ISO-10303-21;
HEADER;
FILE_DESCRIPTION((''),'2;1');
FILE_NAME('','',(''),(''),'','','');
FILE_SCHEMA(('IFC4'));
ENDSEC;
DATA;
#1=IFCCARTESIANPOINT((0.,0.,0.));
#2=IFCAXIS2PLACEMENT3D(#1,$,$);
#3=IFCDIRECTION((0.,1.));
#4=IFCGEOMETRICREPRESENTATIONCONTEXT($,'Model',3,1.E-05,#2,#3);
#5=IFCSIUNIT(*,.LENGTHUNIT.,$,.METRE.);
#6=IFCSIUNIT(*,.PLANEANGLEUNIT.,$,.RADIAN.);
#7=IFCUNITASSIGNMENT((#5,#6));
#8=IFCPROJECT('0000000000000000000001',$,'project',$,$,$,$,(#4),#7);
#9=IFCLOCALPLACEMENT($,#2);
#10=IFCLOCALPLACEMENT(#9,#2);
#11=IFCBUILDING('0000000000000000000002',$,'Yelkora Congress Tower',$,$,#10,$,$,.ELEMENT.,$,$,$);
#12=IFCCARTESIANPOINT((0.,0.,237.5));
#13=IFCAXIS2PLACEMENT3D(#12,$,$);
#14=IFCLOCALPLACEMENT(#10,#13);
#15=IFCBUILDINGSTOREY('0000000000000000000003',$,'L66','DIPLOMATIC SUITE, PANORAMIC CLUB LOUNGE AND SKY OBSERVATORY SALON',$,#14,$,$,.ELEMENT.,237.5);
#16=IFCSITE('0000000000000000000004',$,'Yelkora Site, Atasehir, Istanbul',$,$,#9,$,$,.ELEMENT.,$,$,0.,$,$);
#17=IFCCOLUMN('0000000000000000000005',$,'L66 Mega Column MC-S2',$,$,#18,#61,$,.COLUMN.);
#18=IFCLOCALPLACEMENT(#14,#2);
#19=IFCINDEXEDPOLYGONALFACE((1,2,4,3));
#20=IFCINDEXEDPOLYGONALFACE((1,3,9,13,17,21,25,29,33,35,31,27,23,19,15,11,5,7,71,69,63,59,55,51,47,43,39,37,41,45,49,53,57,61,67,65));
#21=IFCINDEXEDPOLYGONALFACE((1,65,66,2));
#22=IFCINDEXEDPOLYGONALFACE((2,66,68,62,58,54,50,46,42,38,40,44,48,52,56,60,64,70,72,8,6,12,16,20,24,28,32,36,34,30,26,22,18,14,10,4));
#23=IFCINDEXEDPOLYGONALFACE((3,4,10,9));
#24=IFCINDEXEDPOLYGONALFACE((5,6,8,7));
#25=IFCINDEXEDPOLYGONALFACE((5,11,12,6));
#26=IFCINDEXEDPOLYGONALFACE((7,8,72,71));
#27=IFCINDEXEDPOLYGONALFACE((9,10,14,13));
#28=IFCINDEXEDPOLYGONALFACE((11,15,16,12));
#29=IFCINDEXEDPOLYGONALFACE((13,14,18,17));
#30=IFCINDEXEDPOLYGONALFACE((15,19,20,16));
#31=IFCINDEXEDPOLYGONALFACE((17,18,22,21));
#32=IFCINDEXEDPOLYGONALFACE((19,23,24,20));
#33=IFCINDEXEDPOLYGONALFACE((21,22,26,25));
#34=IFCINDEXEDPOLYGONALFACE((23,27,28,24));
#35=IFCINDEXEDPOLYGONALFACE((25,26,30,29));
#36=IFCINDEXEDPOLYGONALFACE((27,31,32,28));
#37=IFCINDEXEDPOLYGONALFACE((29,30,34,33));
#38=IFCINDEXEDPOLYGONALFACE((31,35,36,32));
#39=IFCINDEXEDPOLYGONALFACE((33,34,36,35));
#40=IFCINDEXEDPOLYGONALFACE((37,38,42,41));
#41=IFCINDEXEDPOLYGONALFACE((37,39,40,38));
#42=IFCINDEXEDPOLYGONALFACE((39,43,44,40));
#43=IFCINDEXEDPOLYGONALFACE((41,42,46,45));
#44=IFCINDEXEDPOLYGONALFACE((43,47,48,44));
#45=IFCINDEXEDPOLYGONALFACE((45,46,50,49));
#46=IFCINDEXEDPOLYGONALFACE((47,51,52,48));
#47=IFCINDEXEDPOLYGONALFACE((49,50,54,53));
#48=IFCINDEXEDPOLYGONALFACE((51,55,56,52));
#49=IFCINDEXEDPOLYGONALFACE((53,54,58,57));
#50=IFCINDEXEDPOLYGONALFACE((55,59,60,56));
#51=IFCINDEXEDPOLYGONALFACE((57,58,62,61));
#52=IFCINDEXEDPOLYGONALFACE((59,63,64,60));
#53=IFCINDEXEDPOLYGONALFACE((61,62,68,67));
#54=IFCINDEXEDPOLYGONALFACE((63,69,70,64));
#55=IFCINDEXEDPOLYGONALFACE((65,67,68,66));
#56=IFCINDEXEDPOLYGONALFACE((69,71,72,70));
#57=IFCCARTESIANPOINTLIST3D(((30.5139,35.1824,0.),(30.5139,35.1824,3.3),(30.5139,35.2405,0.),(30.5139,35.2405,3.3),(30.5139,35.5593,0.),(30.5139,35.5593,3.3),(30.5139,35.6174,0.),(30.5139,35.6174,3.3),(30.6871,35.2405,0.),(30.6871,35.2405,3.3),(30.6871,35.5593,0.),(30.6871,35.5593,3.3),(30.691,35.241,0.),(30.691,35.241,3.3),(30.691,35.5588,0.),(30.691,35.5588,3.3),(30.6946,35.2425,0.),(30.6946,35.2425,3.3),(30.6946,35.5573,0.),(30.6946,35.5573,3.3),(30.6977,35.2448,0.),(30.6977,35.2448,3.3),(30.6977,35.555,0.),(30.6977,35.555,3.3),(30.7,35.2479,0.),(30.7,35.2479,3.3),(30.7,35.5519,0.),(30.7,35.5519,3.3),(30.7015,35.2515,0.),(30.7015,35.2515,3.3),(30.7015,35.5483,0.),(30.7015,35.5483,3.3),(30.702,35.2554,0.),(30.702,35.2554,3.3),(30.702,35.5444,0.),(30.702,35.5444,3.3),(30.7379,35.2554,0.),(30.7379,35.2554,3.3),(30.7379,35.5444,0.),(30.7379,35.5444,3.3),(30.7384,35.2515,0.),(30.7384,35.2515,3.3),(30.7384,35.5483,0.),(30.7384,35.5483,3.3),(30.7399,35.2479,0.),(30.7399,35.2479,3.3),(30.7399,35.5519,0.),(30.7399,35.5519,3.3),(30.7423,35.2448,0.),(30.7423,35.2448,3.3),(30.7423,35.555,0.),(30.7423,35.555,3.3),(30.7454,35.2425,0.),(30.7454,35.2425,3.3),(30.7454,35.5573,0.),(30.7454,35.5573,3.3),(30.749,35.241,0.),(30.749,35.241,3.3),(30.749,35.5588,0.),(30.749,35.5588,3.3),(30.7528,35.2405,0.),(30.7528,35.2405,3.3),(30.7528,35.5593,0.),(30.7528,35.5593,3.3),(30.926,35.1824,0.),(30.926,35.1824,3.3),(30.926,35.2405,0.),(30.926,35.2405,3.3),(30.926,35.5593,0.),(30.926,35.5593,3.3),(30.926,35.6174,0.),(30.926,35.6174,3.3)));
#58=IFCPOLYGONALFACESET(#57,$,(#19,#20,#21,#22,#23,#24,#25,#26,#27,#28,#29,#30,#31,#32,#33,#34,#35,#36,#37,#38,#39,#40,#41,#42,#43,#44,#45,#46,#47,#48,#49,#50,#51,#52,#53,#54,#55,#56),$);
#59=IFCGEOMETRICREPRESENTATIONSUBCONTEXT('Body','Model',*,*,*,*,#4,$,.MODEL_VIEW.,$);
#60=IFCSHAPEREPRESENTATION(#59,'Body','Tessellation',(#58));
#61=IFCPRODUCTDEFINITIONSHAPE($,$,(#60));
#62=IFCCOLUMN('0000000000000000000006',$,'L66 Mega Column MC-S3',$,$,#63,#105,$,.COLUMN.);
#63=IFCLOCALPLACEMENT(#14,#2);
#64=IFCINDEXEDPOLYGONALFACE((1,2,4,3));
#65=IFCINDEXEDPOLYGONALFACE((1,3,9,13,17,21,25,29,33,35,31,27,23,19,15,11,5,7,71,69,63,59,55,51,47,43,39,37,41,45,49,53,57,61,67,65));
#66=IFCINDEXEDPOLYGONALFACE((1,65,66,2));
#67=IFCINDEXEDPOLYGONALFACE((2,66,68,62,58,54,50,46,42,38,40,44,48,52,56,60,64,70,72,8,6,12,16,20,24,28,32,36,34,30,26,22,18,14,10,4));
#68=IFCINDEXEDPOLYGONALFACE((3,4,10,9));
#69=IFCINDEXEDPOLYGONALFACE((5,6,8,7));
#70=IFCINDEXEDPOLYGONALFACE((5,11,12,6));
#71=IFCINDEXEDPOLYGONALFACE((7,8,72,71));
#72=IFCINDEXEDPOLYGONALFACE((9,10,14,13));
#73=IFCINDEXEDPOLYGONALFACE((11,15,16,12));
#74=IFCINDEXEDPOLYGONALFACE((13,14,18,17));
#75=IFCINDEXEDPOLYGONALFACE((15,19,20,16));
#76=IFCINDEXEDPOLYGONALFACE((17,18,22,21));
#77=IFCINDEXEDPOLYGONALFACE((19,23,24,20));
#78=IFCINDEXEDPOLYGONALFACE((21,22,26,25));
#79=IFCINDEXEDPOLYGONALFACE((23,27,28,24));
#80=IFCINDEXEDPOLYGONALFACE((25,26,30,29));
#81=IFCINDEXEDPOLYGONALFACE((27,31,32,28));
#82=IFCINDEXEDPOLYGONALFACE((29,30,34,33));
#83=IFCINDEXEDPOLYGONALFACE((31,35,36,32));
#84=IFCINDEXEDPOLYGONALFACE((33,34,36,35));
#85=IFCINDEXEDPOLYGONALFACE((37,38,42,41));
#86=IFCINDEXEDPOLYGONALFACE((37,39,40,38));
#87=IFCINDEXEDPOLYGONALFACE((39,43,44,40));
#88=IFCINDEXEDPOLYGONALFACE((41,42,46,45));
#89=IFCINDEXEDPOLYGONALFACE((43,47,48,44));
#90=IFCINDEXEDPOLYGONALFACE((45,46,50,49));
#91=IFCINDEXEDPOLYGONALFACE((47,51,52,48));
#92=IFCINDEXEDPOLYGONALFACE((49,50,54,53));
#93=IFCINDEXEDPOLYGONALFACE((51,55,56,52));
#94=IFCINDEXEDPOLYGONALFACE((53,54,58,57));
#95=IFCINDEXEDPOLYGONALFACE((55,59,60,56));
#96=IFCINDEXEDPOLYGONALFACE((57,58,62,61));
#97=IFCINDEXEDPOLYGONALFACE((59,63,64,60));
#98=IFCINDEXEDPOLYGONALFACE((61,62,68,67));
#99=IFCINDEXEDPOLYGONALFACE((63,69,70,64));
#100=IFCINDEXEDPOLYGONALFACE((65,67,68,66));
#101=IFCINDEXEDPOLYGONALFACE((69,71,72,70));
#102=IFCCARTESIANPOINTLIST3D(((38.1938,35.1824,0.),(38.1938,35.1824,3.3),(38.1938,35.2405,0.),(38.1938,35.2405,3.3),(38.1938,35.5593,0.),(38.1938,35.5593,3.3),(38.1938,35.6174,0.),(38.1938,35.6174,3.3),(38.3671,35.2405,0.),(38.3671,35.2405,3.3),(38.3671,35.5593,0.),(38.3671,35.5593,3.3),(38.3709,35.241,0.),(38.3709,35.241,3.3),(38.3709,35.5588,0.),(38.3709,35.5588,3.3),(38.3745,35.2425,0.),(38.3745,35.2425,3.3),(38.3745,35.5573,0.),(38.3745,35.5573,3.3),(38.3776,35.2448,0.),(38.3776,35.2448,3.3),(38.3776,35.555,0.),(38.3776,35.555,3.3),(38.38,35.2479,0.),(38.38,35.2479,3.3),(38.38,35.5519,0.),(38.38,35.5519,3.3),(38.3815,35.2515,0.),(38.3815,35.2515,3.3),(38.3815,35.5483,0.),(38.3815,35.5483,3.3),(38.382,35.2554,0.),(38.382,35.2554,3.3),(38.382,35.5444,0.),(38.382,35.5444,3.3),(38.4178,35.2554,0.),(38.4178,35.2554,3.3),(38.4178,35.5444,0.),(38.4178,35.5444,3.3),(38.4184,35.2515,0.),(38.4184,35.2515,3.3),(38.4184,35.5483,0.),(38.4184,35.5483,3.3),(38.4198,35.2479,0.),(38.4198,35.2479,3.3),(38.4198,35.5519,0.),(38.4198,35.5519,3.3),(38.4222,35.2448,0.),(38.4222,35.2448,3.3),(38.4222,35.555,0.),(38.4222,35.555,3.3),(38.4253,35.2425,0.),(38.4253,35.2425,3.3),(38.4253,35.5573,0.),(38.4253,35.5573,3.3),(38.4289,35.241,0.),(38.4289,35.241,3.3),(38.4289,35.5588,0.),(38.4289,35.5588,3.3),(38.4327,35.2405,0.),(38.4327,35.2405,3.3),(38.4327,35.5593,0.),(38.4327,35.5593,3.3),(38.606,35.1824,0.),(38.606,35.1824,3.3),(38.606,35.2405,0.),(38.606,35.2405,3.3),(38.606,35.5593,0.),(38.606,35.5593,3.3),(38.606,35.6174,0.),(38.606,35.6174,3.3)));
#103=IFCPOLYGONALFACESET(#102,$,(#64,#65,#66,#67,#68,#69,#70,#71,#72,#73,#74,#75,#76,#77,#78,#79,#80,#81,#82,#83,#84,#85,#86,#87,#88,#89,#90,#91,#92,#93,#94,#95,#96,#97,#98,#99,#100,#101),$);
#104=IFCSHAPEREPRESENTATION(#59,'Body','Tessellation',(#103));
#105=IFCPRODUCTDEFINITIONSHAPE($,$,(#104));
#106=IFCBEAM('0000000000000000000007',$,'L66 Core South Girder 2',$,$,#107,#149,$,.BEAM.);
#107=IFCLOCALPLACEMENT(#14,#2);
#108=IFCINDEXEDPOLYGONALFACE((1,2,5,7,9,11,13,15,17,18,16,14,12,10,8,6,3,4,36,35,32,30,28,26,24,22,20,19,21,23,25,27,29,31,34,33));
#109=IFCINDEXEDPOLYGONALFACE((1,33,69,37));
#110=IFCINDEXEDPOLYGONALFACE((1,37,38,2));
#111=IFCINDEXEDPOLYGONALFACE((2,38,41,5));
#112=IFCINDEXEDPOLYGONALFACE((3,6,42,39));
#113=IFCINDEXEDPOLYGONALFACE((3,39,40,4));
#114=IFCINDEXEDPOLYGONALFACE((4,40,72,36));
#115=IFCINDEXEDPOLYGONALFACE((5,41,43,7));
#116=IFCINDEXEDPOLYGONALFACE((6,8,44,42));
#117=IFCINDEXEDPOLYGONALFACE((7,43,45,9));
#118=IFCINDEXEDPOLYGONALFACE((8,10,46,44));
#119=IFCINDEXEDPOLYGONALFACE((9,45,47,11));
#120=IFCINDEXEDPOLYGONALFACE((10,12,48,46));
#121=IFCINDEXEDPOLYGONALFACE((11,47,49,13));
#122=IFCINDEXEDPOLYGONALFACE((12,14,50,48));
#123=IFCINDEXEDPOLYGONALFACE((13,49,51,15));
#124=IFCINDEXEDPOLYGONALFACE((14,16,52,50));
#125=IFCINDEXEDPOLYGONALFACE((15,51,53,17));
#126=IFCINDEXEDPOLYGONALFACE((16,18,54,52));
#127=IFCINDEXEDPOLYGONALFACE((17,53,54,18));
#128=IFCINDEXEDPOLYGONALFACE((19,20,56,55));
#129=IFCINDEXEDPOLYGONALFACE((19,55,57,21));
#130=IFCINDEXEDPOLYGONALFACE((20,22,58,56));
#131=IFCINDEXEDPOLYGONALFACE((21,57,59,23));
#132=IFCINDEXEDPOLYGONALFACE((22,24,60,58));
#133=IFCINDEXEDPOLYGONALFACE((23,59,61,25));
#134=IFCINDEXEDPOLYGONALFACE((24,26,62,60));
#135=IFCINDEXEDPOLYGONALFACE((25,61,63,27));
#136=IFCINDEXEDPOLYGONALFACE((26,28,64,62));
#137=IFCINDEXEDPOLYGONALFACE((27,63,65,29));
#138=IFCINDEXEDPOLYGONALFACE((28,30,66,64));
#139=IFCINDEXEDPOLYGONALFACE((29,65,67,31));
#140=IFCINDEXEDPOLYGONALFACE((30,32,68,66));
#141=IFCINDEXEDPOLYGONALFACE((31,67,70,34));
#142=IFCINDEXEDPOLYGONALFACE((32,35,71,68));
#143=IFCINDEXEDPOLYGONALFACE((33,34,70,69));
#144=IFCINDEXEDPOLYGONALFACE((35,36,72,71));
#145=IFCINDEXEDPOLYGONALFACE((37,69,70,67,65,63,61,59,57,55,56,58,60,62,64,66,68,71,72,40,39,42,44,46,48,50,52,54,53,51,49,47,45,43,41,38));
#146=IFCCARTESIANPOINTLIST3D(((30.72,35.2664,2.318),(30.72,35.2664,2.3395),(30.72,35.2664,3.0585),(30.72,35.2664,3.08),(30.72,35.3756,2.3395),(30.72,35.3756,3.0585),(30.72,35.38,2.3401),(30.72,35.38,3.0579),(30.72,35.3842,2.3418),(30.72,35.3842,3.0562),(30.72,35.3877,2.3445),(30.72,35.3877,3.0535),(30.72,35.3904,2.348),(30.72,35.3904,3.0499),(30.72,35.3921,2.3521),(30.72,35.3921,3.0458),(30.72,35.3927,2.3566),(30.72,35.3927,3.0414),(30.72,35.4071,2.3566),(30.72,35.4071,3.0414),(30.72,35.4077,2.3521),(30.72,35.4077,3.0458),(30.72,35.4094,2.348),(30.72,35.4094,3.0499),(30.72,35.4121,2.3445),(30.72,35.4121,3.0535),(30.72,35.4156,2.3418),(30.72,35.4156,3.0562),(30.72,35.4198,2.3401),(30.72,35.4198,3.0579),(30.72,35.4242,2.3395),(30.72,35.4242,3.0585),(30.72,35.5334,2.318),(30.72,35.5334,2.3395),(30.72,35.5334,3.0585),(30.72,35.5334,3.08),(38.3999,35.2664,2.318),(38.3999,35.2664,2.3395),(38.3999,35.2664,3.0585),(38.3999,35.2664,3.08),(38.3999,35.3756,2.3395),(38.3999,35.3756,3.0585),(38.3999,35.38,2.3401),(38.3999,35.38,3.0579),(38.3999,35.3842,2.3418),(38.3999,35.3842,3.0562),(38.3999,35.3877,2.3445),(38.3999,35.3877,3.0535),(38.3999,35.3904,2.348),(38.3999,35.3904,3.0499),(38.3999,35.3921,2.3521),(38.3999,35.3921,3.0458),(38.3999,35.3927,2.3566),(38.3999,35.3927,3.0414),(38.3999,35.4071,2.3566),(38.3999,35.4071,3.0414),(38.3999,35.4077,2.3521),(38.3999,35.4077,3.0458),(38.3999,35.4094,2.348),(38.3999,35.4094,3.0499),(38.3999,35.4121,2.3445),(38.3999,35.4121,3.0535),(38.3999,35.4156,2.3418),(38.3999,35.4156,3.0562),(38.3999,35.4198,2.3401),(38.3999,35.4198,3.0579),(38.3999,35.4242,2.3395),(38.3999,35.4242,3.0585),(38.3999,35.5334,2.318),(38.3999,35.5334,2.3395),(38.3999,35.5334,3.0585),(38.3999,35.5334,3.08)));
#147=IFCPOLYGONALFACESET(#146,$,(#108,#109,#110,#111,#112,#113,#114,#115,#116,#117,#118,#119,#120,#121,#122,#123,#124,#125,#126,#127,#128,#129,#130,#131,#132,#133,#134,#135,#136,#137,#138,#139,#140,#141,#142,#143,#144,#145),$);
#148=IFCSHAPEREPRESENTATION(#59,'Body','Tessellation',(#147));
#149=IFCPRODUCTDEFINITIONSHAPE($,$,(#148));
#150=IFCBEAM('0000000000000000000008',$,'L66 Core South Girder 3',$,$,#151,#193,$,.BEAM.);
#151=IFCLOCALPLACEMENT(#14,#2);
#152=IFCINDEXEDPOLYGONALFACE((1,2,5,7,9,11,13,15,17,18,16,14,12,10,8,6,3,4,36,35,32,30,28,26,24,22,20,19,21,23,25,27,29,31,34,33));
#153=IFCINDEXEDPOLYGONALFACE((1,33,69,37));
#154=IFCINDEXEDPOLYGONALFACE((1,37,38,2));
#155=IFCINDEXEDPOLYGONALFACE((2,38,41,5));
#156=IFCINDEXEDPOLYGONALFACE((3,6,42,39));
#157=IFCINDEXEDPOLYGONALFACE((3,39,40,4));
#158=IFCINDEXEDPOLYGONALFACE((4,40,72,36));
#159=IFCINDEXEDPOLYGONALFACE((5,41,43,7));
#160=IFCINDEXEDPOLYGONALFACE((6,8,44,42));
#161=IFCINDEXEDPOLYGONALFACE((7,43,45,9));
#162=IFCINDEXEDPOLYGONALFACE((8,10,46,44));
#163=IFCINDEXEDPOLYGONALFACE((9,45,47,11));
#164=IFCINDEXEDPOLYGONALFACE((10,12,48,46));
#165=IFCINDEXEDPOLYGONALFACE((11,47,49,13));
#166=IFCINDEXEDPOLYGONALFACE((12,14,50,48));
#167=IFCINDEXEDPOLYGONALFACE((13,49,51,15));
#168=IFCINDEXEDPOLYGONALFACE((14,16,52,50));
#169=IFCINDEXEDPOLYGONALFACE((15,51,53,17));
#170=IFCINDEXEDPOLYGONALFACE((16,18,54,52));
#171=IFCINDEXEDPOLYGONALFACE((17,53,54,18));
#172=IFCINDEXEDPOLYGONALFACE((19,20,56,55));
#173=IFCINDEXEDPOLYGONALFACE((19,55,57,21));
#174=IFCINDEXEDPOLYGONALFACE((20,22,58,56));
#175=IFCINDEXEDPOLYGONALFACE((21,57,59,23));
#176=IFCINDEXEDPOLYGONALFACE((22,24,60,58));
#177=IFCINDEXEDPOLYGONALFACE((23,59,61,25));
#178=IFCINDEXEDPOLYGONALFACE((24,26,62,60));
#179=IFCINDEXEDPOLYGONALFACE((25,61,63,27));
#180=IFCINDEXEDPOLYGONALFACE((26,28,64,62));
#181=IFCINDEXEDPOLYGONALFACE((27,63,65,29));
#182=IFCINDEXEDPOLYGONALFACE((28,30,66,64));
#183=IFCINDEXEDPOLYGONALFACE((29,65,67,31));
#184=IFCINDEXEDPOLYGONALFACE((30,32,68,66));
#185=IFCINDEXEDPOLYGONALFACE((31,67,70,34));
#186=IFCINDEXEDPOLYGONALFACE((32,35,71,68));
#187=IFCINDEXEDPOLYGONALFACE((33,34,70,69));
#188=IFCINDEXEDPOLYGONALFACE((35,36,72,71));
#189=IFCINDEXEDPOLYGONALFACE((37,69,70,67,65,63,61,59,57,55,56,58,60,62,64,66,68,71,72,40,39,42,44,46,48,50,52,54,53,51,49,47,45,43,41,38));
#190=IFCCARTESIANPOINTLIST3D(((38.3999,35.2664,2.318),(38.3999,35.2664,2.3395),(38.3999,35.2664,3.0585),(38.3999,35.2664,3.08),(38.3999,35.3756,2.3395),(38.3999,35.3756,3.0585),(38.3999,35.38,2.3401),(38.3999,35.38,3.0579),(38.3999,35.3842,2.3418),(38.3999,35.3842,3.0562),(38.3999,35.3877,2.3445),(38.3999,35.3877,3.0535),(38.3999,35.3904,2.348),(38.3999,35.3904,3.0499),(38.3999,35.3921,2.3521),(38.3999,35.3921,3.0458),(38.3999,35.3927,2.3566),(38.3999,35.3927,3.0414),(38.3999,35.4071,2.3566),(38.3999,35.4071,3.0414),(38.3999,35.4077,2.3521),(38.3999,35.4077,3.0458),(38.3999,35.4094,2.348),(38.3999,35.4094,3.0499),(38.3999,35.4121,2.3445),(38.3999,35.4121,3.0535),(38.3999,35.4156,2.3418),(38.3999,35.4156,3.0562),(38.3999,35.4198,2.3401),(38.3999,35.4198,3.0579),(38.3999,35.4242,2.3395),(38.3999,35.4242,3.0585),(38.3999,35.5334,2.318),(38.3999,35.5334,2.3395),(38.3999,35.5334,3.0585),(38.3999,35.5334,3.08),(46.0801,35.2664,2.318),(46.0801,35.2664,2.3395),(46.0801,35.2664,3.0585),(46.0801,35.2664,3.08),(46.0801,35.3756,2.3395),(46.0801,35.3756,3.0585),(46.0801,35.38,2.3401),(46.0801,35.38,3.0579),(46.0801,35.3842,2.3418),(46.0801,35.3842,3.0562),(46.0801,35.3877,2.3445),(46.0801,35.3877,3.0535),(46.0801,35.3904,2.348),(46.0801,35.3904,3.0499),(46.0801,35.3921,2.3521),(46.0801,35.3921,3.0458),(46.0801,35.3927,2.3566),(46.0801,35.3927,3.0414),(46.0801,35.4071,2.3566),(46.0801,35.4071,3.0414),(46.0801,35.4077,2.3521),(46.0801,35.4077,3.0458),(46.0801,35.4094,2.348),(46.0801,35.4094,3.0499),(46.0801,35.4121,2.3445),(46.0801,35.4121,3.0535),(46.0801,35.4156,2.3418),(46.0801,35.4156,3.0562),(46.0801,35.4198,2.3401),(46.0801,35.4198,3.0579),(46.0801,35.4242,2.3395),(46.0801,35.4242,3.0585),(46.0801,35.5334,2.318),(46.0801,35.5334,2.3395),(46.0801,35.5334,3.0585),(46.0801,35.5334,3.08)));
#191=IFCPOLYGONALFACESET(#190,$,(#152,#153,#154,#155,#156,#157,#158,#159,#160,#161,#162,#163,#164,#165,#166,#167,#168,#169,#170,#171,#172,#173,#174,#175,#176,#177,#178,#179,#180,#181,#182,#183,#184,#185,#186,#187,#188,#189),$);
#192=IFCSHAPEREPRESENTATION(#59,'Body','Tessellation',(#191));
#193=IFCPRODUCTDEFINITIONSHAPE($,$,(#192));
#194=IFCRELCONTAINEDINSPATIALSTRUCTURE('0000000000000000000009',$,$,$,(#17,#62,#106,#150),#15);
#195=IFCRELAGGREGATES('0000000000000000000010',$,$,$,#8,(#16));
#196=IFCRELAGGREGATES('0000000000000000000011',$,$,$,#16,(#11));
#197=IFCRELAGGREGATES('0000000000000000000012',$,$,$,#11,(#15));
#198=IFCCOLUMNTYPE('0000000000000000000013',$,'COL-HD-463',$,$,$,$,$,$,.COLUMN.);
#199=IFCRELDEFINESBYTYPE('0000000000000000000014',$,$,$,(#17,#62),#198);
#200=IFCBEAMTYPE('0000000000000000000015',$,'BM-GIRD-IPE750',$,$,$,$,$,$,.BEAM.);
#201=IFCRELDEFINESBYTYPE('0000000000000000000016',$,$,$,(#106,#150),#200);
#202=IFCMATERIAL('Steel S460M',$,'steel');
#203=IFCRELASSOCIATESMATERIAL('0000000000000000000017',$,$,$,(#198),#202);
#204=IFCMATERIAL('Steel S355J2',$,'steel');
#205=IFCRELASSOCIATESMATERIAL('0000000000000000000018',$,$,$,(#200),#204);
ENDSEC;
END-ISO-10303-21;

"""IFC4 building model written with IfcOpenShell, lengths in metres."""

from ifc_helpers import new_model, si_unit, direction, frame, origin, origin_2d, place, context, subcontext, project, spatial, i_section, extrude, material, material_profile, profile_set, type_object, element, save


model = new_model("IFC4")

# Units and contexts
model_context = context("Model", 3, precision=1e-05, world=origin(), true_north=direction((0.0, 1.0)))
body_context = subcontext(model_context, "Body", "Model", "MODEL_VIEW")
ifc_project = project(units=[si_unit("LENGTHUNIT", "METRE"), si_unit("PLANEANGLEUNIT", "RADIAN")], contexts=[model_context])

# Site, building, storey
site_placement = place(None, origin())
site = spatial("IfcSite", under=ifc_project, at=site_placement, Name="Yelkora Site, Atasehir, Istanbul", CompositionType="ELEMENT", RefElevation=0.0)
building_placement = place(site_placement, origin())
building = spatial("IfcBuilding", under=site, at=building_placement, Name="Yelkora Congress Tower", CompositionType="ELEMENT")
storey_placement = place(building_placement, frame((0.0, 0.0, 237.5)))
storey = spatial("IfcBuildingStorey", under=building, at=storey_placement, Name="L66", Description="DIPLOMATIC SUITE, PANORAMIC CLUB LOUNGE AND SKY OBSERVATORY SALON", CompositionType="ELEMENT", Elevation=237.5)

# Columns
ifc_material_1 = material(Name="Steel S460M", Category="steel")
ifc_material_profile_1 = material_profile(ifc_material_1, i_section(OverallWidth=0.4121, OverallDepth=0.4351, WebThickness=0.0359, FlangeThickness=0.0581, FilletRadius=0.0149, at=origin_2d()), Name="HD 400x463")
ifc_profile_set_1 = profile_set([ifc_material_profile_1], Name="Steel S460M")
column_type = type_object("IfcColumnType", Name="COL-HD-463", PredefinedType="COLUMN", material=ifc_profile_set_1)
for number, where, z_axis, x_axis, name in (
    (1, (30.72, 35.3999, 0.0), (0.0, 0.0, 1.0), (1.0, 0.0, 0.0), "L66 Mega Column MC-S2"),
    (2, (38.3999, 35.3999, 0.0), (0.0, 0.0, 1.0), (1.0, 0.0, 0.0), "L66 Mega Column MC-S3"),
):
    element("IfcColumn", number, at=place(storey_placement, frame(where, z_axis=z_axis, x_axis=x_axis)), inside=storey, type_object=column_type, Name=name, PredefinedType="COLUMN", context=body_context, shape_type="SweptSolid", body=[
        extrude(i_section(OverallWidth=0.4121, OverallDepth=0.4351, WebThickness=0.0359, FlangeThickness=0.0581, FilletRadius=0.0149, at=origin_2d()), origin(), (0.0, 0.0, 1.0), 3.3),
    ])

# Beams
ifc_material_2 = material(Name="Steel S355J2", Category="steel")
ifc_material_profile_2 = material_profile(ifc_material_2, i_section(OverallWidth=0.2671, OverallDepth=0.762, WebThickness=0.0144, FlangeThickness=0.0215, FilletRadius=0.0171, at=origin_2d()), Name="IPE 750x173")
ifc_profile_set_2 = profile_set([ifc_material_profile_2], Name="Steel S355J2")
beam_type = type_object("IfcBeamType", Name="BM-GIRD-IPE750", PredefinedType="BEAM", material=ifc_profile_set_2)
beam_1_placement = place(storey_placement, frame((30.72, 35.3999, 2.699), z_axis=(1.0, 0.0, 0.0), x_axis=(0.0, 1.0, 0.0)))
element("IfcBeam", 3, at=beam_1_placement, inside=storey, type_object=beam_type, Name="L66 Core South Girder 2", PredefinedType="BEAM", context=body_context, shape_type="SweptSolid", body=[
    extrude(i_section(OverallWidth=0.2671, OverallDepth=0.762, WebThickness=0.0144, FlangeThickness=0.0215, FilletRadius=0.0171, at=origin_2d()), origin(), (0.0, 0.0, 1.0), 7.6799),
])
beam_2_placement = place(storey_placement, frame((38.3999, 35.3999, 2.699), z_axis=(1.0, 0.0, 0.0), x_axis=(0.0, 1.0, 0.0)))
element("IfcBeam", 4, at=beam_2_placement, inside=storey, type_object=beam_type, Name="L66 Core South Girder 3", PredefinedType="BEAM", context=body_context, shape_type="SweptSolid", body=[
    extrude(i_section(OverallWidth=0.2671, OverallDepth=0.762, WebThickness=0.0144, FlangeThickness=0.0215, FilletRadius=0.0171, at=origin_2d()), origin(), (0.0, 0.0, 1.0), 7.6802),
])

save(model, "model.ifc")
